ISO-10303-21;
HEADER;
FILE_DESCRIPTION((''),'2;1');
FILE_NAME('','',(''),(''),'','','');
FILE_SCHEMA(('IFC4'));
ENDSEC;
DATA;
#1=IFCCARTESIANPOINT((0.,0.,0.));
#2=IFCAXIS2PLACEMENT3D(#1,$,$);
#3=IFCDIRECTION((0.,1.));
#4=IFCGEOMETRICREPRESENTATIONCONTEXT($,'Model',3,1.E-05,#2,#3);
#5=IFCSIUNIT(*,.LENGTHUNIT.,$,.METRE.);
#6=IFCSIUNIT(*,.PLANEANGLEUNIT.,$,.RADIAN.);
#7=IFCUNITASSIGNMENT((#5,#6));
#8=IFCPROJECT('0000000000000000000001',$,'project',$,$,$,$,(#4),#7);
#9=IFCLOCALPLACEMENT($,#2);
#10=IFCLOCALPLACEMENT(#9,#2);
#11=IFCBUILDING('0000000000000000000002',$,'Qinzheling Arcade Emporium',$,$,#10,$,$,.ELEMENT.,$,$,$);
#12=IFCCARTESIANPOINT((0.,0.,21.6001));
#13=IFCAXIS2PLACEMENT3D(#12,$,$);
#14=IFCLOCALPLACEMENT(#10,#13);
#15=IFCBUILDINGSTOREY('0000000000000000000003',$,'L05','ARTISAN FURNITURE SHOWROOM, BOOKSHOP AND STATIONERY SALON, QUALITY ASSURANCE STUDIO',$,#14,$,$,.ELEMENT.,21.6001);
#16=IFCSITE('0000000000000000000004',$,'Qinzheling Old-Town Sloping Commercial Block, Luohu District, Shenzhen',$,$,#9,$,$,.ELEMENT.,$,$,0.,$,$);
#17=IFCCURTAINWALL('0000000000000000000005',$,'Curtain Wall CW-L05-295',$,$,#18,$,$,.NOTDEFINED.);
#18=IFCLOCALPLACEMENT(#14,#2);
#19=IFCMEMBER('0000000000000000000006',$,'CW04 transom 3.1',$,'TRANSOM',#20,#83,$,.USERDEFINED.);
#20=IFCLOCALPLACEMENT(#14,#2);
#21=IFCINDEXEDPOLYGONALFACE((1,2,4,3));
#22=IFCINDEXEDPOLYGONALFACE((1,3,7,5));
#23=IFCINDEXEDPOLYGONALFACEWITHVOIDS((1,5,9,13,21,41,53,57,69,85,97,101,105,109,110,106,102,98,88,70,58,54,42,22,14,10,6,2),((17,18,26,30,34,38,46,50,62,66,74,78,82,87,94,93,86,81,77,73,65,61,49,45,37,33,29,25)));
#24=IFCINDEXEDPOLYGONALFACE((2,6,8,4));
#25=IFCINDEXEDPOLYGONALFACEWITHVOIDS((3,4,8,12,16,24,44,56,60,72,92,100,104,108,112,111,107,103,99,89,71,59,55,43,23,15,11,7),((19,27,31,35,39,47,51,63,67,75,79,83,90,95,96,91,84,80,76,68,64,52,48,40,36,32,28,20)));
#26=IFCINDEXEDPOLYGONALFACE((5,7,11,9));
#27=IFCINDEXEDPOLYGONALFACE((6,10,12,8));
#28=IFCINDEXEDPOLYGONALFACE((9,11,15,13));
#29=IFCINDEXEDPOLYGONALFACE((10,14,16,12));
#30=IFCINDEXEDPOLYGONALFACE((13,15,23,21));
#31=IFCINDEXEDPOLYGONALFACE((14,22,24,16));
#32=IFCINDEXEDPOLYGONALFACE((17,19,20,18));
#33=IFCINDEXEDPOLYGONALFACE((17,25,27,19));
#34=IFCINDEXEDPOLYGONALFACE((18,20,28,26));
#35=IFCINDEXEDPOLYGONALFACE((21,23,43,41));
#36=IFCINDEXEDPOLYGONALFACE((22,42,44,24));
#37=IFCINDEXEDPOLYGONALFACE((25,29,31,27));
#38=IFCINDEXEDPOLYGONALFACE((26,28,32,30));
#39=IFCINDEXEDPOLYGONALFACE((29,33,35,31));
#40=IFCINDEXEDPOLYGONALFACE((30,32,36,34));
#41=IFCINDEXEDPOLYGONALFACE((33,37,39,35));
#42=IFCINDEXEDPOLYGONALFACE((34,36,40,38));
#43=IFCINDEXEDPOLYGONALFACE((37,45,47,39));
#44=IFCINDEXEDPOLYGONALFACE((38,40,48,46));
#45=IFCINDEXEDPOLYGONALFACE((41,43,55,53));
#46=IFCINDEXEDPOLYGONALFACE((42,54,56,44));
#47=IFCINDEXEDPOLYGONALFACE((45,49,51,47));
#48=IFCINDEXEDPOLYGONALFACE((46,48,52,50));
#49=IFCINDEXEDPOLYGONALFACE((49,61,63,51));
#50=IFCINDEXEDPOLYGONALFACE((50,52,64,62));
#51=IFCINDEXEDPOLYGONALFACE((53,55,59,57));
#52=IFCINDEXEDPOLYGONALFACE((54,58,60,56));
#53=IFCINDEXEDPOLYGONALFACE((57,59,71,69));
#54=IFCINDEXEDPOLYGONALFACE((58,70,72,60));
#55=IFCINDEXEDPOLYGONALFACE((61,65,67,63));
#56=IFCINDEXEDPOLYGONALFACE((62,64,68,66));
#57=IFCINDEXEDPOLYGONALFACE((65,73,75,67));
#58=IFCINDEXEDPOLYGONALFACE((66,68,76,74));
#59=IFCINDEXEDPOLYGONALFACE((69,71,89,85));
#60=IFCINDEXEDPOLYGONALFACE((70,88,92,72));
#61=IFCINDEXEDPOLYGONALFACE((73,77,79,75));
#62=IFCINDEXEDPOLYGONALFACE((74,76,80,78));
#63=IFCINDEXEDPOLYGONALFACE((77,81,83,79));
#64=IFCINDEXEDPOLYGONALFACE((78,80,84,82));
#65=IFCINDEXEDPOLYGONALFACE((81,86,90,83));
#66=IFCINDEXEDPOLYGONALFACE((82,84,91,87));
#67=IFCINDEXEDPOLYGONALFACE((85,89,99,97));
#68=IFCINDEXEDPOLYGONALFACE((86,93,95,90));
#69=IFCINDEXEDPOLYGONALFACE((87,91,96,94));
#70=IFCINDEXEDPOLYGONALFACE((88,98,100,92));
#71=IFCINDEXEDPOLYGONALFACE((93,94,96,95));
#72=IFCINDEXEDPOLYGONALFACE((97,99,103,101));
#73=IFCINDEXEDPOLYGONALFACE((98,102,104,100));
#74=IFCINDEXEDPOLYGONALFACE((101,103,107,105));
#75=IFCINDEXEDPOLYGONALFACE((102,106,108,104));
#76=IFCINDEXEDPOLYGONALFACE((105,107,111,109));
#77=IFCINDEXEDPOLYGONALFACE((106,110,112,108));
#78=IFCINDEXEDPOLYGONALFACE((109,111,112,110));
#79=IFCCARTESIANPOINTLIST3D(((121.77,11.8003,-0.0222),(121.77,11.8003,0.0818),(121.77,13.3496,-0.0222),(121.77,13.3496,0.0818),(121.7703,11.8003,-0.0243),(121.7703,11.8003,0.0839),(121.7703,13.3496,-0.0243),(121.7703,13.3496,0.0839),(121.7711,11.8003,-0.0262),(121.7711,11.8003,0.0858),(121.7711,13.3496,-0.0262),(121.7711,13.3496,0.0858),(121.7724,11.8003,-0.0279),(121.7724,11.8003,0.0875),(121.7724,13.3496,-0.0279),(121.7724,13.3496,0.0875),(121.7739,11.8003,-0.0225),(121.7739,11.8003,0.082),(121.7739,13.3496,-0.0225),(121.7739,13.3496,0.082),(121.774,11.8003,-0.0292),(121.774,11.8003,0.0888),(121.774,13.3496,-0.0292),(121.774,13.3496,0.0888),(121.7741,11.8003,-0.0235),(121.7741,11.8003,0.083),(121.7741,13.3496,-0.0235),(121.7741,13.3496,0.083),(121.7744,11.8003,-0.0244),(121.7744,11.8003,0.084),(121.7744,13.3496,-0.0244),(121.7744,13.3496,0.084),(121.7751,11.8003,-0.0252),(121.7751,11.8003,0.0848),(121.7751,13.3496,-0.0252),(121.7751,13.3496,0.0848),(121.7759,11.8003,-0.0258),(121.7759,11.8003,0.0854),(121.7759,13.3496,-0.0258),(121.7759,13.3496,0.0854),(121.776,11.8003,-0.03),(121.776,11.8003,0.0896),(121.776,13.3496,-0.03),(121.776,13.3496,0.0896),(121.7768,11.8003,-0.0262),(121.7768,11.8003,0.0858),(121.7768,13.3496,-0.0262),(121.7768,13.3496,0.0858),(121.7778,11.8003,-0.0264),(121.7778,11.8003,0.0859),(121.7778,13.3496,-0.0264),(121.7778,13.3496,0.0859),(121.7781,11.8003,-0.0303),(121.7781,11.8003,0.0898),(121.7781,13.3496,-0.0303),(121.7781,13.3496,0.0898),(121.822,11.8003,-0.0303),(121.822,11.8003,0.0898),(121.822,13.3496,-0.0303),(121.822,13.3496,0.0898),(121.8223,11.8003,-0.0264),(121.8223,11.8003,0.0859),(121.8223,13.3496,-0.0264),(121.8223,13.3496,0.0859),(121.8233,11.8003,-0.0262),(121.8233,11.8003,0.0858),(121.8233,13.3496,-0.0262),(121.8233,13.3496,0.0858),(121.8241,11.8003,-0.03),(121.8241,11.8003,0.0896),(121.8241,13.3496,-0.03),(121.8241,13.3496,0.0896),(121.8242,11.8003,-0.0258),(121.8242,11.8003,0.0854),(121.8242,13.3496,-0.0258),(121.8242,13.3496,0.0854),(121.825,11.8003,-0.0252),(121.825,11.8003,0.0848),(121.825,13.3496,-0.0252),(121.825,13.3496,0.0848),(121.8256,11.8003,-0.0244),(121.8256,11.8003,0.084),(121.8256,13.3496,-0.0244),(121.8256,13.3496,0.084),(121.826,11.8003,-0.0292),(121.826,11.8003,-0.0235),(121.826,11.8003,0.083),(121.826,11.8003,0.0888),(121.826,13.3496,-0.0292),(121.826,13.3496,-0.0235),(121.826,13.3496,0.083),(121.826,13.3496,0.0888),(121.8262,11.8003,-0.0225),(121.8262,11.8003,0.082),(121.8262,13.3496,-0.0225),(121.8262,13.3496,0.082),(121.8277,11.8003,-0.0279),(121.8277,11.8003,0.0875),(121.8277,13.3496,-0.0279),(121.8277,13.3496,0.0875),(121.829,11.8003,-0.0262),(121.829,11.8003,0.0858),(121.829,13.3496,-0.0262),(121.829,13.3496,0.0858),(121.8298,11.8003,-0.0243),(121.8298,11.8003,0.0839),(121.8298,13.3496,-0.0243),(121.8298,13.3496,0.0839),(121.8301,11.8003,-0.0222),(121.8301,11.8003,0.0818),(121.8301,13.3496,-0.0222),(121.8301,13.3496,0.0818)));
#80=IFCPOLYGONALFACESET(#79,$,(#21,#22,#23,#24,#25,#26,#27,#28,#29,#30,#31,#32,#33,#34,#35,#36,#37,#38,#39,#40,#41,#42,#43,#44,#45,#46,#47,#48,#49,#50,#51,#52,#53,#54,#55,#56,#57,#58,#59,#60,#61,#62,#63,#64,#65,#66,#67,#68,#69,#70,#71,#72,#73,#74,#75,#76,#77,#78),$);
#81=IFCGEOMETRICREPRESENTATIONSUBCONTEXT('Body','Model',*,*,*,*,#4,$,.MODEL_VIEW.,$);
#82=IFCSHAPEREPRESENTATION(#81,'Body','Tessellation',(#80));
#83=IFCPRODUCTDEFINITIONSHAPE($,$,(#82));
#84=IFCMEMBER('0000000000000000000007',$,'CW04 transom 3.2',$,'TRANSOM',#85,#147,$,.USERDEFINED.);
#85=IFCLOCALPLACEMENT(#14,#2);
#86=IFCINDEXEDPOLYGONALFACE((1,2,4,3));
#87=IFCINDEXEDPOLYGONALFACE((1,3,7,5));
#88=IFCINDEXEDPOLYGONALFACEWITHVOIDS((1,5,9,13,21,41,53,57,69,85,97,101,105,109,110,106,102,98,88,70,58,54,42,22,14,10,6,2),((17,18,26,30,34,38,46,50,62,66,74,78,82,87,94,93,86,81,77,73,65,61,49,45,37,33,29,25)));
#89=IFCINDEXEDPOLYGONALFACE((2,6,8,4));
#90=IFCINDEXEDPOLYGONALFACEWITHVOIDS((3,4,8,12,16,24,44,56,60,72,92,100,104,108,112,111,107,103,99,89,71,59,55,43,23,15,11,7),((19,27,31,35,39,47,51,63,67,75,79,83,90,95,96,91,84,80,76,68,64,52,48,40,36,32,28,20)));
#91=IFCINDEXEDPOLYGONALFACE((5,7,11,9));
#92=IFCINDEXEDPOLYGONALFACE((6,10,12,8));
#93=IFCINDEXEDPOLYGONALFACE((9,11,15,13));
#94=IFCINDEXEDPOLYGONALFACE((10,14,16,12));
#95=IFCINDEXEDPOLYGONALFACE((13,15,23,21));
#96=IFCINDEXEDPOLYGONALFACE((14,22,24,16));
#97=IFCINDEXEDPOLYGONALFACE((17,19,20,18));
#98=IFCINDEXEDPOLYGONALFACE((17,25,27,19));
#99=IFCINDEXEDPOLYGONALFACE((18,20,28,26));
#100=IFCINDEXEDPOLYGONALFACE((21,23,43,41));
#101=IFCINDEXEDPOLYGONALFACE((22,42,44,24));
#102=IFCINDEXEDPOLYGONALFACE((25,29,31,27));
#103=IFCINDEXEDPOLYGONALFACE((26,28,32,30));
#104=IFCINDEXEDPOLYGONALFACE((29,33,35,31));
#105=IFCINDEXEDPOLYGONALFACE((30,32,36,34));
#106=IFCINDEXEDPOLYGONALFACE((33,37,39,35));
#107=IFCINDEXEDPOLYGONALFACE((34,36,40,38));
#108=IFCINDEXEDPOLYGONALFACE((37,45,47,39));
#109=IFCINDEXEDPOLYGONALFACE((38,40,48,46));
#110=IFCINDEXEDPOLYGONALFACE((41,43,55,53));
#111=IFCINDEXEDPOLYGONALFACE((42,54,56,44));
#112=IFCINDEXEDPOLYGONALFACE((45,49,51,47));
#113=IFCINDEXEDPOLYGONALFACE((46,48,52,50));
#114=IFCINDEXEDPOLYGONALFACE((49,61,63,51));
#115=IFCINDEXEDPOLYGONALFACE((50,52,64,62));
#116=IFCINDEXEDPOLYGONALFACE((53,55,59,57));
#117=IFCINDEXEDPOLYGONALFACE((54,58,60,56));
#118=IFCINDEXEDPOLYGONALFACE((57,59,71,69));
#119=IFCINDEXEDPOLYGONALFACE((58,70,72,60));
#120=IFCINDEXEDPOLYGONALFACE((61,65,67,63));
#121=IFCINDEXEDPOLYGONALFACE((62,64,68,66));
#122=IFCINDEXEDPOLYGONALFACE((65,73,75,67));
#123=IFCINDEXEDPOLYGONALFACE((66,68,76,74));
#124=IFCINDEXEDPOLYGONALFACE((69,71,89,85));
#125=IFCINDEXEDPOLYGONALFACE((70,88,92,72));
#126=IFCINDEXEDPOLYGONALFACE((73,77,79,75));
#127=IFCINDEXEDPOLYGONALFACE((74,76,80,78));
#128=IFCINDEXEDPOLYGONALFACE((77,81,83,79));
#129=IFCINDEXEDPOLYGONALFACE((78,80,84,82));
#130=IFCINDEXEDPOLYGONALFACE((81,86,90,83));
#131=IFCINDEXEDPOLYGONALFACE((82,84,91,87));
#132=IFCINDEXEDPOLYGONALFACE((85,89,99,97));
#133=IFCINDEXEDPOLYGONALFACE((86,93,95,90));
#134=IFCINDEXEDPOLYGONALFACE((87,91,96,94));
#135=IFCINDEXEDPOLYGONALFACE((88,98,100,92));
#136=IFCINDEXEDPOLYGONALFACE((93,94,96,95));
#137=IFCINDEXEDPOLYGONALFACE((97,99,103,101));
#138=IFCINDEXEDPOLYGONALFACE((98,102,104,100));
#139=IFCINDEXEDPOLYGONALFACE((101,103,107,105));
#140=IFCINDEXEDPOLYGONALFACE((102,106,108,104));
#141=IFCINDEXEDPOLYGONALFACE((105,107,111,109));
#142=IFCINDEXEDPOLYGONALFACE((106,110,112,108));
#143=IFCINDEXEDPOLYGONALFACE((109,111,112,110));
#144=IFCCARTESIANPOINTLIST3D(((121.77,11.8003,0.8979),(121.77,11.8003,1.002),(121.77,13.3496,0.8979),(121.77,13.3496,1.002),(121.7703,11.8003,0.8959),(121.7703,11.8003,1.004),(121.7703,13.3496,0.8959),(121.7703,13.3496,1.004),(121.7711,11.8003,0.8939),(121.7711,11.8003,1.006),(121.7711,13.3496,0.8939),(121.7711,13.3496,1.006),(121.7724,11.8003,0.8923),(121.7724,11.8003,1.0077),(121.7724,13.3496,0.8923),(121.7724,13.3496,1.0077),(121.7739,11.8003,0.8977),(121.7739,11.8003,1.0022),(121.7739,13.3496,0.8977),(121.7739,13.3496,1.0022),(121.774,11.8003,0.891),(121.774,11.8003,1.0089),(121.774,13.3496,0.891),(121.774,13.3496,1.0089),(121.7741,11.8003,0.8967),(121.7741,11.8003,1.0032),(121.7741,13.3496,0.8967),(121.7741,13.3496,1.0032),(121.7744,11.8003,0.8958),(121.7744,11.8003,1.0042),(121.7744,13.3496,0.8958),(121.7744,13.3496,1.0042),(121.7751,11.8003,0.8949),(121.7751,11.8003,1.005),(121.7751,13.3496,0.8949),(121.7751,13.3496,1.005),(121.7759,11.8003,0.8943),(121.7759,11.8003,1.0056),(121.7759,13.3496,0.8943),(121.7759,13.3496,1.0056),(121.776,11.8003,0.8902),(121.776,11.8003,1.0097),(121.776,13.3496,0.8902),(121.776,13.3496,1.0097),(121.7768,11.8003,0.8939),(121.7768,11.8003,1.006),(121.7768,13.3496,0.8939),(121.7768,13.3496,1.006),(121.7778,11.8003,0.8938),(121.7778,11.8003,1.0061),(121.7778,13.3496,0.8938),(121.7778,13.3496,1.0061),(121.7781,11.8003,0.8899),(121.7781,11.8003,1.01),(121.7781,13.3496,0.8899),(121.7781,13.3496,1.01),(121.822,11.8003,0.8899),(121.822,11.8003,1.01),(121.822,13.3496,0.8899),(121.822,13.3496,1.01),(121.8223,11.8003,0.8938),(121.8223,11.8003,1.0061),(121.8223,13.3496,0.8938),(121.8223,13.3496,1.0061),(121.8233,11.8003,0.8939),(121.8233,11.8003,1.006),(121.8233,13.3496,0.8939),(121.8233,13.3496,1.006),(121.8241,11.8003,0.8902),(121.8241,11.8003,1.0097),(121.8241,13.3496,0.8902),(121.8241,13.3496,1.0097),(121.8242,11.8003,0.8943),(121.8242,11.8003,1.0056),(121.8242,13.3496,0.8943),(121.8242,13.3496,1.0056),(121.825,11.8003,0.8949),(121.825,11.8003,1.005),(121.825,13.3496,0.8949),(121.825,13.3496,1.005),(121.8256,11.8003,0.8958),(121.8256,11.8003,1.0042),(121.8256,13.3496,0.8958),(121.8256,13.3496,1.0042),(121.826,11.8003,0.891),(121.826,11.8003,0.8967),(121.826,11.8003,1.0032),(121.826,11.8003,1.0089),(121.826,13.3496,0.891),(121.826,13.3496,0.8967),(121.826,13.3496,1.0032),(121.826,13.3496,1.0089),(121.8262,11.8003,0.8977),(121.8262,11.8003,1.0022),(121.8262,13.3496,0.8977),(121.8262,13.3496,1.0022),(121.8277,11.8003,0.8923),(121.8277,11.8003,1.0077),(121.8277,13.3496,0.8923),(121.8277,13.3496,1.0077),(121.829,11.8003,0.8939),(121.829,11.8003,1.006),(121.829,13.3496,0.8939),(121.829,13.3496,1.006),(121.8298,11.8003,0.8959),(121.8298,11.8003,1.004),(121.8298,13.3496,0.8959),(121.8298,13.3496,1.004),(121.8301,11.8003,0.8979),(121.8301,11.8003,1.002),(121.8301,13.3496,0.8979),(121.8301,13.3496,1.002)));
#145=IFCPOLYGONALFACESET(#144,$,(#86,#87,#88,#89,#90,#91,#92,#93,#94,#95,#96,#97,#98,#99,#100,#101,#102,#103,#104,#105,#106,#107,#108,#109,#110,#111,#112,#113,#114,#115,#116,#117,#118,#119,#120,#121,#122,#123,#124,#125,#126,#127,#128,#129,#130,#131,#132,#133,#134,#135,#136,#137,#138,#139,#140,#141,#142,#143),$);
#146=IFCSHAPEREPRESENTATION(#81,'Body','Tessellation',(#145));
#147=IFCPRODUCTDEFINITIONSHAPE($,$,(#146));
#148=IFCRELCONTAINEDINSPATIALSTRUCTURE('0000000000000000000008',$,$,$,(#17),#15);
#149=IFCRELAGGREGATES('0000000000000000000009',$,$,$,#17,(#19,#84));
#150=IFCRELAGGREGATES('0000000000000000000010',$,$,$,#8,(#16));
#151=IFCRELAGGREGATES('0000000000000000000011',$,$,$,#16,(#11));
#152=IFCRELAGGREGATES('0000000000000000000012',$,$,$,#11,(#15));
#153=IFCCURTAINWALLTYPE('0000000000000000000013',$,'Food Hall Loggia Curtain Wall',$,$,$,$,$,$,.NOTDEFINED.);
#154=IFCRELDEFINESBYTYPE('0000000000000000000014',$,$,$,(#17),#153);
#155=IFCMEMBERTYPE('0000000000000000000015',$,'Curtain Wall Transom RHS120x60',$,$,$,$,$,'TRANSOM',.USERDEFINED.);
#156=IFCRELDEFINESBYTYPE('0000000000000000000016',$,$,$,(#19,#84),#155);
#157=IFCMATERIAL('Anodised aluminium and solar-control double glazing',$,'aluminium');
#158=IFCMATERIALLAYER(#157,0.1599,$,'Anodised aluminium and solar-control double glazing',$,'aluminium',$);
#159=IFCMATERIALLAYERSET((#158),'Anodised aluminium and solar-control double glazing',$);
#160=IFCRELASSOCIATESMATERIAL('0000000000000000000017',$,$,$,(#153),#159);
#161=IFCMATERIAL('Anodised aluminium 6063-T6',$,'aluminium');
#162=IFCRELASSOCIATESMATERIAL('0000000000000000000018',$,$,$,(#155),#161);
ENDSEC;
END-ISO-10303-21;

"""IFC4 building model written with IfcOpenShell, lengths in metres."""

from ifc_helpers import new_model, si_unit, direction, frame, origin, origin_2d, place, context, subcontext, project, spatial, hollow_rectangle, extrude, material, layer, layer_set, material_profile, profile_set, type_object, element, aggregate, save


model = new_model("IFC4")

# Units and contexts
model_context = context("Model", 3, precision=1e-05, world=origin(), true_north=direction((0.0, 1.0)))
body_context = subcontext(model_context, "Body", "Model", "MODEL_VIEW")
ifc_project = project(units=[si_unit("LENGTHUNIT", "METRE"), si_unit("PLANEANGLEUNIT", "RADIAN")], contexts=[model_context])

# Site, building, storey
site_placement = place(None, origin())
site = spatial("IfcSite", under=ifc_project, at=site_placement, Name="Qinzheling Old-Town Sloping Commercial Block, Luohu District, Shenzhen", CompositionType="ELEMENT", RefElevation=0.0)
building_placement = place(site_placement, origin())
building = spatial("IfcBuilding", under=site, at=building_placement, Name="Qinzheling Arcade Emporium", CompositionType="ELEMENT")
storey_placement = place(building_placement, frame((0.0, 0.0, 21.6001)))
storey = spatial("IfcBuildingStorey", under=building, at=storey_placement, Name="L05", Description="ARTISAN FURNITURE SHOWROOM, BOOKSHOP AND STATIONERY SALON, QUALITY ASSURANCE STUDIO", CompositionType="ELEMENT", Elevation=21.6001)

# Curtain wall, members
ifc_material_1 = material(Name="Anodised aluminium and solar-control double glazing", Category="aluminium")
ifc_layer_1 = layer(ifc_material_1, 0.1599, Name="Anodised aluminium and solar-control double glazing", Category="aluminium")
ifc_layer_set_1 = layer_set([ifc_layer_1], Name="Anodised aluminium and solar-control double glazing")
curtain_wall_type = type_object("IfcCurtainWallType", Name="Food Hall Loggia Curtain Wall", PredefinedType="NOTDEFINED", material=ifc_layer_set_1)
curtain_wall_placement = place(storey_placement, origin())
curtain_wall = element("IfcCurtainWall", 1, at=curtain_wall_placement, inside=storey, type_object=curtain_wall_type, Name="Curtain Wall CW-L05-295", PredefinedType="NOTDEFINED")
ifc_material_2 = material(Name="Anodised aluminium 6063-T6", Category="aluminium")
ifc_material_profile_1 = material_profile(ifc_material_2, hollow_rectangle(XDim=0.0601, YDim=0.1201, WallThickness=0.0039, InnerFilletRadius=0.0039, OuterFilletRadius=0.0081, at=origin_2d()), Name="RHS 120x60x4", Category="aluminium")
ifc_profile_set_1 = profile_set([ifc_material_profile_1], Name="Anodised aluminium 6063-T6")
member_type_1 = type_object("IfcMemberType", Name="Curtain Wall Transom RHS120x60", ElementType="TRANSOM", PredefinedType="USERDEFINED", material=ifc_profile_set_1)
member_1_placement = place(storey_placement, frame((121.8, 11.8003, 0.0298), z_axis=(0.0, 1.0, 0.0), x_axis=(-1.0, 0.0, 0.0)))
member_1 = element("IfcMember", 2, at=member_1_placement, type_object=member_type_1, Name="CW04 transom 3.1", ObjectType="TRANSOM", PredefinedType="USERDEFINED", context=body_context, shape_type="SweptSolid", body=[
    extrude(hollow_rectangle(XDim=0.0601, YDim=0.1201, WallThickness=0.0039, InnerFilletRadius=0.0039, OuterFilletRadius=0.0081, at=origin_2d()), origin(), (0.0, 0.0, 1.0), 1.5493),
])
member_2_placement = place(storey_placement, frame((121.8, 11.8003, 0.95), z_axis=(0.0, 1.0, 0.0), x_axis=(-1.0, 0.0, 0.0)))
member_2 = element("IfcMember", 3, at=member_2_placement, type_object=member_type_1, Name="CW04 transom 3.2", ObjectType="TRANSOM", PredefinedType="USERDEFINED", context=body_context, shape_type="SweptSolid", body=[
    extrude(hollow_rectangle(XDim=0.0601, YDim=0.1201, WallThickness=0.0039, InnerFilletRadius=0.0039, OuterFilletRadius=0.0081, at=origin_2d()), origin(), (0.0, 0.0, 1.0), 1.5493),
])

aggregate(curtain_wall, [member_1, member_2])

save(model, "model.ifc")
